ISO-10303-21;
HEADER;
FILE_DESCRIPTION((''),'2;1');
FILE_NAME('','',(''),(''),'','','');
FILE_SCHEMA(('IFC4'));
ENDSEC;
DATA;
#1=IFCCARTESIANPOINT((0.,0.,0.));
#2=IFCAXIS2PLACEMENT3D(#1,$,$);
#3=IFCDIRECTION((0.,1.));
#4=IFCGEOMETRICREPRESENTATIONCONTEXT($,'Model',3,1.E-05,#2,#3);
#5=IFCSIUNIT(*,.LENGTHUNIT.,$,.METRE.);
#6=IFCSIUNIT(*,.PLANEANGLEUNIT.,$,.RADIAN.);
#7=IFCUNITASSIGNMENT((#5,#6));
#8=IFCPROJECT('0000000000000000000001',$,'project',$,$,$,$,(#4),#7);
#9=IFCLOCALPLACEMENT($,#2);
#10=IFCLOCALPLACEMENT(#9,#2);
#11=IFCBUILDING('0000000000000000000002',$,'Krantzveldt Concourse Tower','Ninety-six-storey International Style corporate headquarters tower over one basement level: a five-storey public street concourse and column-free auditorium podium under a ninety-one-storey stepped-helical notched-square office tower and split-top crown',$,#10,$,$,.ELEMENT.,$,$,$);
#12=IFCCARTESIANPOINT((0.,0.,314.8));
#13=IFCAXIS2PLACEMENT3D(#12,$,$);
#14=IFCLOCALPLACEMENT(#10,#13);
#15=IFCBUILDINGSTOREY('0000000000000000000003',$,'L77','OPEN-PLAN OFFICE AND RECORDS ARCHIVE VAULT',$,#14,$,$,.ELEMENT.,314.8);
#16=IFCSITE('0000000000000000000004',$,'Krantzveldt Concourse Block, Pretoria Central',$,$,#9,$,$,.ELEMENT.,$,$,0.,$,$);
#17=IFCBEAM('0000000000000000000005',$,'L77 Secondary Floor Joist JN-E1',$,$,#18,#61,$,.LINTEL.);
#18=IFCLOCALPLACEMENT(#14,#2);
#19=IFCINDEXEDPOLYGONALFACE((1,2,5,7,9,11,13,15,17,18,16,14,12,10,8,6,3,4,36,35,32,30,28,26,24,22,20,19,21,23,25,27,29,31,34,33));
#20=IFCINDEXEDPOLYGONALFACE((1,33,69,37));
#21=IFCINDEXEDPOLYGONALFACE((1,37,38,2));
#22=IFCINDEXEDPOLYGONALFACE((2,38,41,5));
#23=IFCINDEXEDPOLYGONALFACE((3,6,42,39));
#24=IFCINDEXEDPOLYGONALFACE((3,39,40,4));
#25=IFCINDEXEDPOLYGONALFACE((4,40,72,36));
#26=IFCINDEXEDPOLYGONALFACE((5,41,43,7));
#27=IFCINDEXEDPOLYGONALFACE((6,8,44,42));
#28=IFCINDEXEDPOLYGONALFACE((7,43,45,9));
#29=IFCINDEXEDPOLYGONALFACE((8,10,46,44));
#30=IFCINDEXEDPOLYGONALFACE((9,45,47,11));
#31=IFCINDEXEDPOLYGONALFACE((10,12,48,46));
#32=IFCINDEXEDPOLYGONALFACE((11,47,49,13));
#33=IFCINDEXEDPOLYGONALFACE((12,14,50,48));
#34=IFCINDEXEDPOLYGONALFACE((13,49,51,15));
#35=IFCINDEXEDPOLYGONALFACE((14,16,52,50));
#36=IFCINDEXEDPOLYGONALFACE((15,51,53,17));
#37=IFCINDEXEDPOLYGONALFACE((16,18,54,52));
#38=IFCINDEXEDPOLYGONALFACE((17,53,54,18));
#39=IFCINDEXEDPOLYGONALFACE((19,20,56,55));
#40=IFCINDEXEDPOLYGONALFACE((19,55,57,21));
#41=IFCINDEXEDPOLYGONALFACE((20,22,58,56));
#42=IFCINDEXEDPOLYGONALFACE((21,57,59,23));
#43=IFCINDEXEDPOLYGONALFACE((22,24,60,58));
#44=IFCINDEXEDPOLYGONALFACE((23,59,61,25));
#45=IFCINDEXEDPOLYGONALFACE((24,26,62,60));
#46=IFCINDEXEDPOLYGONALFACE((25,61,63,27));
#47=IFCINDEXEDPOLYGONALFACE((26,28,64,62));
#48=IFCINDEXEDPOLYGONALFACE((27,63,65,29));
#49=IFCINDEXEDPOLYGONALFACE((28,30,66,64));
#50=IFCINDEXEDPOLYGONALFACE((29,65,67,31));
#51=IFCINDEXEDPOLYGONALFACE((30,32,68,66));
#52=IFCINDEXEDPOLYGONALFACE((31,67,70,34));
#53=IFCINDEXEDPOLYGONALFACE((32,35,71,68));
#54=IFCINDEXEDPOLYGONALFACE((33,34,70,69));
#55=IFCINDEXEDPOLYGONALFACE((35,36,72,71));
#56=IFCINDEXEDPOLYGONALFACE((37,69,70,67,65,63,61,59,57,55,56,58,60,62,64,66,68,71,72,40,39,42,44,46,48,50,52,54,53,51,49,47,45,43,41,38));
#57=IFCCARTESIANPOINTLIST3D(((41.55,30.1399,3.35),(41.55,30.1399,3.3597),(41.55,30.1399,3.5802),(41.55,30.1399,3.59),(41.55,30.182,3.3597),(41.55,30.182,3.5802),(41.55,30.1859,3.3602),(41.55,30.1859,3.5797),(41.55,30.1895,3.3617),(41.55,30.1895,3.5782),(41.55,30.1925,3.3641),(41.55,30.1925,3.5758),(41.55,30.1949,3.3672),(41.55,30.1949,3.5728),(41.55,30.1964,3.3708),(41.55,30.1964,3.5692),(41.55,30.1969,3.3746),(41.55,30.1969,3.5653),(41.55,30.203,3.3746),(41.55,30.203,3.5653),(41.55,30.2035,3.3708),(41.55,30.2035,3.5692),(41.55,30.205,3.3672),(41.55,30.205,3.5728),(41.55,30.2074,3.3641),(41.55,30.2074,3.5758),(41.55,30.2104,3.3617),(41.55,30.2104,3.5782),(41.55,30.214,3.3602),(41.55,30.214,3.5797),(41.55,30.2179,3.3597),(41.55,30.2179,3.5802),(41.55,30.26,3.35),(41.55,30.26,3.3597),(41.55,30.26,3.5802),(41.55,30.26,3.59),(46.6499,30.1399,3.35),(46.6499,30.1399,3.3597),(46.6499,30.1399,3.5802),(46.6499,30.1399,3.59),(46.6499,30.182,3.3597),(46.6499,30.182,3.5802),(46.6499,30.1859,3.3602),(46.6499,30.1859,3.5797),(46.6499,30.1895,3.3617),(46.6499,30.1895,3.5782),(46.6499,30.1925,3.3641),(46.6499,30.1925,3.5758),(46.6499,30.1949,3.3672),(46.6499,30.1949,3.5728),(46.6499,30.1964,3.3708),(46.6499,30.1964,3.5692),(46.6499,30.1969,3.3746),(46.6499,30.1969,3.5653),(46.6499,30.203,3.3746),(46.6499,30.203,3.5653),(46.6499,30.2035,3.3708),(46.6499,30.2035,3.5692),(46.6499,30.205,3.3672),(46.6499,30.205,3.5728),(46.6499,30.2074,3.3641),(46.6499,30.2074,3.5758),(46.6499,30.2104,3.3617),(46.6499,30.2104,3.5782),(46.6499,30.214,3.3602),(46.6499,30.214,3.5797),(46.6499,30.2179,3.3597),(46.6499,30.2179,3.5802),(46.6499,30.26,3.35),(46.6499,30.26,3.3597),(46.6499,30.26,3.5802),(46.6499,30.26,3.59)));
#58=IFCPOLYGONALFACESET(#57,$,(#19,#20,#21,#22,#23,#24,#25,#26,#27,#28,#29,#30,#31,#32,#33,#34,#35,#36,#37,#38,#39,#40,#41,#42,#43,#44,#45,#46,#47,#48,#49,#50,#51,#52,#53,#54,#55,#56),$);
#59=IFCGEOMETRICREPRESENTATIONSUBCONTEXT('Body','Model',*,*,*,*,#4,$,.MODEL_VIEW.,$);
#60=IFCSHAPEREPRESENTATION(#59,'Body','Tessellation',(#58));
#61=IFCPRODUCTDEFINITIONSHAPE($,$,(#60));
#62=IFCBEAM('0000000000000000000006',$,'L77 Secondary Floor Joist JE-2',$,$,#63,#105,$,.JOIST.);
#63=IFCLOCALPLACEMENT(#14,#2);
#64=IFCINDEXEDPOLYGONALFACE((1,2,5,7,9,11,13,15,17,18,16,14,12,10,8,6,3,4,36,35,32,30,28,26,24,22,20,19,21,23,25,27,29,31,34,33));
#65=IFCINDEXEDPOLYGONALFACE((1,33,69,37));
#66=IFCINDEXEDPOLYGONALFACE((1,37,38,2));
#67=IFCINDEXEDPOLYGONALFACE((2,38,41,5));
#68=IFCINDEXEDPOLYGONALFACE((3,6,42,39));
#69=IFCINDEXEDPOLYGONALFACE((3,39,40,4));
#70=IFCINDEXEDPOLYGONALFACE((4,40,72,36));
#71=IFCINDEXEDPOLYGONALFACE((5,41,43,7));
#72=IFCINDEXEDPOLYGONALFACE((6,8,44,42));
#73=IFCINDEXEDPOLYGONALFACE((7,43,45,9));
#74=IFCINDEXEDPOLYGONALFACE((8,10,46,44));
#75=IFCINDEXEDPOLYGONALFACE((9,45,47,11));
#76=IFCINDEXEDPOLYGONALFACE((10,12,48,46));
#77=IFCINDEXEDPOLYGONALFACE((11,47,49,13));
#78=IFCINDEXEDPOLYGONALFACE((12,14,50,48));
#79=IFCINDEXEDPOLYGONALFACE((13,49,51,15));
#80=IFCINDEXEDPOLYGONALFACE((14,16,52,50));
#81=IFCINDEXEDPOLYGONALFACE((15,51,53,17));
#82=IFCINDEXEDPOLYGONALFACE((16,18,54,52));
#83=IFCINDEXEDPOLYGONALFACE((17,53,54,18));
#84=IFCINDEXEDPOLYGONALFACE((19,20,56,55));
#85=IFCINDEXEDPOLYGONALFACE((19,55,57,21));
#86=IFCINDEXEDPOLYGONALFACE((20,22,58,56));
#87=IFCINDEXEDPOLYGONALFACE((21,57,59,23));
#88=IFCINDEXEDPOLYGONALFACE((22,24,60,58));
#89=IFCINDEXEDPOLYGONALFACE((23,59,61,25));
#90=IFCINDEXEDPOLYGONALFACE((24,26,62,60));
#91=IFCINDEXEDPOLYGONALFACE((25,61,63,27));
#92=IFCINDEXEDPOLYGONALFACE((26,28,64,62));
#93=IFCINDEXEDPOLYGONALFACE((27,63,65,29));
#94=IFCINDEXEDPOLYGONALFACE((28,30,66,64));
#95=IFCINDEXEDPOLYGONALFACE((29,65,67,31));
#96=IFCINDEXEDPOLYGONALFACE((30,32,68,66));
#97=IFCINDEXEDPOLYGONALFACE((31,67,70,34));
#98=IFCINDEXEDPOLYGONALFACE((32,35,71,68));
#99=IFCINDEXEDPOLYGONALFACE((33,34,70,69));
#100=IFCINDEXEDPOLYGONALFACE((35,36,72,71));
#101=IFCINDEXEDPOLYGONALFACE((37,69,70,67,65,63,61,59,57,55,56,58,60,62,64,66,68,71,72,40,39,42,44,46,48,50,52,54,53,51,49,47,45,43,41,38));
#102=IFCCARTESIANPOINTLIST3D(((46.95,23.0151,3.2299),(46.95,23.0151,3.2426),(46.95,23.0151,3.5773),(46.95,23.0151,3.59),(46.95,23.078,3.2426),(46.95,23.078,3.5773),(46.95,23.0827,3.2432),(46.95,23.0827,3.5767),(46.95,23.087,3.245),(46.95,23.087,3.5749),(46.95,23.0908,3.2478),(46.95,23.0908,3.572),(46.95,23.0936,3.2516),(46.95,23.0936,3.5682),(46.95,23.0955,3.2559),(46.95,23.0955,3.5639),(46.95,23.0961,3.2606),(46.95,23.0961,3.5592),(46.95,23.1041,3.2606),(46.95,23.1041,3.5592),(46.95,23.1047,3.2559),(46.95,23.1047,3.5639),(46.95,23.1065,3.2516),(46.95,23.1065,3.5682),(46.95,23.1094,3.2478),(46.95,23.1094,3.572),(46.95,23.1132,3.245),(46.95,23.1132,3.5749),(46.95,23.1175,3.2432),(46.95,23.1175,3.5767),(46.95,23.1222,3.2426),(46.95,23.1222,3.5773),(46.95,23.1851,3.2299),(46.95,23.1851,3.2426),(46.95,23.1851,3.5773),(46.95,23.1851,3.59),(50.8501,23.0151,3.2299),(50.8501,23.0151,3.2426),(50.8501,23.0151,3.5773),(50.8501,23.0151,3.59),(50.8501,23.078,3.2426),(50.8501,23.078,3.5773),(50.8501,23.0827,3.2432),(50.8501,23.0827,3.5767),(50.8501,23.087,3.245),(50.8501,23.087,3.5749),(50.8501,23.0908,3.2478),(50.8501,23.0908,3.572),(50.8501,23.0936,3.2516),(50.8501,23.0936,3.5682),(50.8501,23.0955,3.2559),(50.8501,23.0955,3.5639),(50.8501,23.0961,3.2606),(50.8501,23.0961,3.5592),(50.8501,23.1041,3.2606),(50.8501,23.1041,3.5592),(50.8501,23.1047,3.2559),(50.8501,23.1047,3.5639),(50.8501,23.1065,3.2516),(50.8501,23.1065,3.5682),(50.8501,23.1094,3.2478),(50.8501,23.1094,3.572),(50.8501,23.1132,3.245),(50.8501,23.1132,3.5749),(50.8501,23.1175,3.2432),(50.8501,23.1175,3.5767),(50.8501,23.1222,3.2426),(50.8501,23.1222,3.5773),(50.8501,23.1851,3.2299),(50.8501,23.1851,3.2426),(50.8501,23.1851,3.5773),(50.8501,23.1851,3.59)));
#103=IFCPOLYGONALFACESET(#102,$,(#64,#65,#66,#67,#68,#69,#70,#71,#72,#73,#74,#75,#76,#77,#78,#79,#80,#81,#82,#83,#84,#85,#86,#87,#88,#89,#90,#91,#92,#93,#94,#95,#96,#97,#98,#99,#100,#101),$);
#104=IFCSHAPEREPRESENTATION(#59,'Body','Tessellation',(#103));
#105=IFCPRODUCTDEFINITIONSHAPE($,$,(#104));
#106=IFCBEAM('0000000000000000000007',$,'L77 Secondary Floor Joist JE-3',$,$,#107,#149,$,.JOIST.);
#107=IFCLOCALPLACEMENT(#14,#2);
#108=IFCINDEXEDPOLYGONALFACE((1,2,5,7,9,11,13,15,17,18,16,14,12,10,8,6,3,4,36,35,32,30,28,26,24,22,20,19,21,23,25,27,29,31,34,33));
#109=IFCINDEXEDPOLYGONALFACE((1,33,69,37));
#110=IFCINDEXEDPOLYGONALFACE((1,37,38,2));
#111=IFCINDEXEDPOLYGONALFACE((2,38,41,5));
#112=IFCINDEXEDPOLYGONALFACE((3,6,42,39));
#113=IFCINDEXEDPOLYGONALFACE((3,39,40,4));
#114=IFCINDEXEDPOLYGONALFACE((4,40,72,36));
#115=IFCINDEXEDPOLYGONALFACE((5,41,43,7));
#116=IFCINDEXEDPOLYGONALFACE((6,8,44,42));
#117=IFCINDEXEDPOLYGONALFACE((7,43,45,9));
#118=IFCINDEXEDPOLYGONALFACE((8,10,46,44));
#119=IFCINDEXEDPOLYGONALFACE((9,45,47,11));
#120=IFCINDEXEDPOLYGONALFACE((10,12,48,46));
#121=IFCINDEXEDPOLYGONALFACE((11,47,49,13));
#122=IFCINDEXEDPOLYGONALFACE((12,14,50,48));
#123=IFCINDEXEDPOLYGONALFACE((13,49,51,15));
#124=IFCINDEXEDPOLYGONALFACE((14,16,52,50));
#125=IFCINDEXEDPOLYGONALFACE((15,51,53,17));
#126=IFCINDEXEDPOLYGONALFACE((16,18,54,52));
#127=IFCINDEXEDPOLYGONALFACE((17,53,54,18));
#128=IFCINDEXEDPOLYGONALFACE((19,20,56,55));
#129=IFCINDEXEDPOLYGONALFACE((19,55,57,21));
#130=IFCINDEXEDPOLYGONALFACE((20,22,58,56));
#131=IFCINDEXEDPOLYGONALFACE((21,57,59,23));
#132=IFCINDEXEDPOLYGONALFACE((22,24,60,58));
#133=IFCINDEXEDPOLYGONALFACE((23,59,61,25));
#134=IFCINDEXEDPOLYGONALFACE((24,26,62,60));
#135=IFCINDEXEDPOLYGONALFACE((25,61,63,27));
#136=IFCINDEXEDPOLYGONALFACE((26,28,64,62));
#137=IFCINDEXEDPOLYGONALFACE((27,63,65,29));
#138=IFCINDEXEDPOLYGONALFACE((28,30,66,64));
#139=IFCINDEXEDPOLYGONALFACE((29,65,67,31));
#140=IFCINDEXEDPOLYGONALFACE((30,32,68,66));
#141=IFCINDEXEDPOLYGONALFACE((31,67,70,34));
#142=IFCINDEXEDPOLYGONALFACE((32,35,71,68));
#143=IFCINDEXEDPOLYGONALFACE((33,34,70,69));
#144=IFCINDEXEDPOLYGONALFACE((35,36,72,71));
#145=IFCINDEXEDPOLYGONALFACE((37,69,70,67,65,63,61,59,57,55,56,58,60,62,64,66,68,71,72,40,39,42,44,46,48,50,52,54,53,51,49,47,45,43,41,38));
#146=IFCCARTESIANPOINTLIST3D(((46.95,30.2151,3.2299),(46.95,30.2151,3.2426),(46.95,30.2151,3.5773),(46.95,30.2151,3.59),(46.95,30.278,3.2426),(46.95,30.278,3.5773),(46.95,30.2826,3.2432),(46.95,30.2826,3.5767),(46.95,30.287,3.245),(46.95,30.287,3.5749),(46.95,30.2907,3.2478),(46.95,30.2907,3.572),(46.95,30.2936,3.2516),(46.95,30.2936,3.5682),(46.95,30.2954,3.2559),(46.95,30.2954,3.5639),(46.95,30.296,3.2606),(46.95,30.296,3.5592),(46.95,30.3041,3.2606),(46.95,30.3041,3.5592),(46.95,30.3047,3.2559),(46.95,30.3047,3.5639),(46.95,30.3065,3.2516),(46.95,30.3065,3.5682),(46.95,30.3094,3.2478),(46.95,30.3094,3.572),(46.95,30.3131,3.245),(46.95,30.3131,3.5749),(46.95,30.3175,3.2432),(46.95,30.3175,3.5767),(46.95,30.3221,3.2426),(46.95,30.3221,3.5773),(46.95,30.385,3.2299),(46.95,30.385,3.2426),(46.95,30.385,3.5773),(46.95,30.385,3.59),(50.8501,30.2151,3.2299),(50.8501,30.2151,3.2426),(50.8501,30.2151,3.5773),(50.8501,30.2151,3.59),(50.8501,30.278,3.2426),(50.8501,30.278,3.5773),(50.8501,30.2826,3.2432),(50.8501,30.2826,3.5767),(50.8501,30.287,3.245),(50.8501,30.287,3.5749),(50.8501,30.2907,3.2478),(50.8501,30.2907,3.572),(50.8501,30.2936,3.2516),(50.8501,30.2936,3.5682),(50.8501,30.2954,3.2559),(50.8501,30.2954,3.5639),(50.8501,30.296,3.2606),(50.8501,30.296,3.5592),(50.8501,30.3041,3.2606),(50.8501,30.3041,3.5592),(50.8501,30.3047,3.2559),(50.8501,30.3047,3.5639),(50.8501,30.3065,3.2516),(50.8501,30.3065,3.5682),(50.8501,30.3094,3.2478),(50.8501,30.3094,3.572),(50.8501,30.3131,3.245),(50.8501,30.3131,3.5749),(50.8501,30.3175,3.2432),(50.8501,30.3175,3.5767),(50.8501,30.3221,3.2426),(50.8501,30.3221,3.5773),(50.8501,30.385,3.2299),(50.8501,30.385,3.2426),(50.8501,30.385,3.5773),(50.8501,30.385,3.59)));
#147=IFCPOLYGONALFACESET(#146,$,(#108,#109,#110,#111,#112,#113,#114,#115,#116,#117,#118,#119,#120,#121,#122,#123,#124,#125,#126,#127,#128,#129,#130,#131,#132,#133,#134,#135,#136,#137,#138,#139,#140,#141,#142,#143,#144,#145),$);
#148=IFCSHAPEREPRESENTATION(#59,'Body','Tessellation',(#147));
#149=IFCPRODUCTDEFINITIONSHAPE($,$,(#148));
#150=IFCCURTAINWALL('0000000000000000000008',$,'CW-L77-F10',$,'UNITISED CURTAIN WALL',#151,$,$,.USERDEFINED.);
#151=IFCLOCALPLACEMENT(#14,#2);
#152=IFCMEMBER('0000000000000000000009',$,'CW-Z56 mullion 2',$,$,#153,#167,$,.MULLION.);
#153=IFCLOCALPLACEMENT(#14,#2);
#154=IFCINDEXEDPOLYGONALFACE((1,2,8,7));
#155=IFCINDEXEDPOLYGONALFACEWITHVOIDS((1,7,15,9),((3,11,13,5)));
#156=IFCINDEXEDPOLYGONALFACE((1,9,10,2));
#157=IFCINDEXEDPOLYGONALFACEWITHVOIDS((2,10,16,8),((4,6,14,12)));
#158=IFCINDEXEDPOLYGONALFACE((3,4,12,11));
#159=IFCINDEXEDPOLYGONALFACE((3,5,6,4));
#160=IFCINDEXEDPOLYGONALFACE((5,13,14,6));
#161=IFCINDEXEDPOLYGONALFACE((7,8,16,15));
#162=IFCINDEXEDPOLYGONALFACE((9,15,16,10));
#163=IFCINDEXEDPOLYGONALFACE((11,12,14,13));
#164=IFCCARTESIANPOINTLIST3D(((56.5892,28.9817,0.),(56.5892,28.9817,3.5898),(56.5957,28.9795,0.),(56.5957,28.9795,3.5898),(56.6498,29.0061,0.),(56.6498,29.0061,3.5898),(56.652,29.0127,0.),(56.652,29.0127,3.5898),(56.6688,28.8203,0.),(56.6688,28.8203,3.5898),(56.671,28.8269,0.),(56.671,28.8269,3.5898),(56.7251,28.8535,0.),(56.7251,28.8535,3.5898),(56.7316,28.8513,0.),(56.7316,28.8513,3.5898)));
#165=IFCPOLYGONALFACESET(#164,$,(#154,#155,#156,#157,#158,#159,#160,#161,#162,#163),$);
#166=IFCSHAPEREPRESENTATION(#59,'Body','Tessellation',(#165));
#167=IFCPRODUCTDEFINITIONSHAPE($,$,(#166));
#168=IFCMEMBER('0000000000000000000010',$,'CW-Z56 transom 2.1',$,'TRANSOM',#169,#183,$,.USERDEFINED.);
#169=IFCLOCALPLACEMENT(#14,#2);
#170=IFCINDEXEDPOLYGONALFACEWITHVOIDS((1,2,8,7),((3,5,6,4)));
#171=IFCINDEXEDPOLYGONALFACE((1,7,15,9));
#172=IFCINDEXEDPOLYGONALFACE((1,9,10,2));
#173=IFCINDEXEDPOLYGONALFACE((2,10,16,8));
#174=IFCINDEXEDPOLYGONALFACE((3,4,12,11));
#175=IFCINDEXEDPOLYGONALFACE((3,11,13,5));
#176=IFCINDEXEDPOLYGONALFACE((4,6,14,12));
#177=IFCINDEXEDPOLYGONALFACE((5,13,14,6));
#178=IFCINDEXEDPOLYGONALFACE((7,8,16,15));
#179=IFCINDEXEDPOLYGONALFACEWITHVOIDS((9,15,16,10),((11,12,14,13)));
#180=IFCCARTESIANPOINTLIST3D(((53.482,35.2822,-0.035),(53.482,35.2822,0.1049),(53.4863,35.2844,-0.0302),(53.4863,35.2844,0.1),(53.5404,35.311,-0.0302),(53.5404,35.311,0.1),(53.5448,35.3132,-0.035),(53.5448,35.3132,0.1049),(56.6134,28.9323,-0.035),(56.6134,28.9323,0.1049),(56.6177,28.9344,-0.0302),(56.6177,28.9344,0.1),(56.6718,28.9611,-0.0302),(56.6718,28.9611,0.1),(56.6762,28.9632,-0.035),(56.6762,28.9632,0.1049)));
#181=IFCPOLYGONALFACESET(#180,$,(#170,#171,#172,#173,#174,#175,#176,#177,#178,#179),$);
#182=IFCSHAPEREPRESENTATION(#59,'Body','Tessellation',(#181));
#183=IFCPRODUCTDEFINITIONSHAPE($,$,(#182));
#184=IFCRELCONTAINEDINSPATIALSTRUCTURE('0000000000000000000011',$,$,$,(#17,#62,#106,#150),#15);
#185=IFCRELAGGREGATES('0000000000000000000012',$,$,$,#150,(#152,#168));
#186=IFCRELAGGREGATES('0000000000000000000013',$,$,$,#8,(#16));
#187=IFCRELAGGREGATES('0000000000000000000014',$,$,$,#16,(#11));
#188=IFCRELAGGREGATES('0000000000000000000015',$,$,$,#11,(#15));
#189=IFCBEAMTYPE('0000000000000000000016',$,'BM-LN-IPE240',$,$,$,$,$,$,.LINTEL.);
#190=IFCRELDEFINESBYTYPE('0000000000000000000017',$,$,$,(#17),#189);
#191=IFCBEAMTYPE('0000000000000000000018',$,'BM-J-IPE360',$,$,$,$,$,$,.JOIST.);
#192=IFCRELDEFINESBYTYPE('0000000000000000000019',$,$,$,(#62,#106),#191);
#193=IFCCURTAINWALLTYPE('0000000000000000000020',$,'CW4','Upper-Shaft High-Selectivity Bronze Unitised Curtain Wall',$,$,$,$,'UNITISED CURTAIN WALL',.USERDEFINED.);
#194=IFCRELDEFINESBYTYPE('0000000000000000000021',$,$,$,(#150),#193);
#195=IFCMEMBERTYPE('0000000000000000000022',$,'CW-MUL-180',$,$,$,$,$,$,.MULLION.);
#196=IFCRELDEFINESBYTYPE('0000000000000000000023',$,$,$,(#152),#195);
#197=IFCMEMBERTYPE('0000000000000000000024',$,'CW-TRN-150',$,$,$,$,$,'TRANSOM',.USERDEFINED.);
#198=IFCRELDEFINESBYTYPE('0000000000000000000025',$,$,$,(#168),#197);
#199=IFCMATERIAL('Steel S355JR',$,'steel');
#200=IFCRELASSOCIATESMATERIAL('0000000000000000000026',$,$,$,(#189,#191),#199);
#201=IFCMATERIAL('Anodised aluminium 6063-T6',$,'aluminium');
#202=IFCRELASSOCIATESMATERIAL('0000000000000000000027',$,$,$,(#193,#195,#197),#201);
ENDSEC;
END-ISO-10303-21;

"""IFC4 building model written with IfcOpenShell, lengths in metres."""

from ifc_helpers import new_model, si_unit, direction, frame, origin, origin_2d, place, context, subcontext, project, spatial, hollow_rectangle, i_section, extrude, source, transform, mapped, material, material_profile, profile_set, type_object, type_shapes, element, aggregate, save


model = new_model("IFC4")

# Units and contexts
model_context = context("Model", 3, precision=1e-05, world=origin(), true_north=direction((0.0, 1.0)))
body_context = subcontext(model_context, "Body", "Model", "MODEL_VIEW")
ifc_project = project(units=[si_unit("LENGTHUNIT", "METRE"), si_unit("PLANEANGLEUNIT", "RADIAN")], contexts=[model_context])

# Site, building, storey
site_placement = place(None, origin())
site = spatial("IfcSite", under=ifc_project, at=site_placement, Name="Krantzveldt Concourse Block, Pretoria Central", CompositionType="ELEMENT", RefElevation=0.0)
building_placement = place(site_placement, origin())
building = spatial("IfcBuilding", under=site, at=building_placement, Name="Krantzveldt Concourse Tower", Description="Ninety-six-storey International Style corporate headquarters tower over one basement level: a five-storey public street concourse and column-free auditorium podium under a ninety-one-storey stepped-helical notched-square office tower and split-top crown", CompositionType="ELEMENT")
storey_placement = place(building_placement, frame((0.0, 0.0, 314.8)))
storey = spatial("IfcBuildingStorey", under=building, at=storey_placement, Name="L77", Description="OPEN-PLAN OFFICE AND RECORDS ARCHIVE VAULT", CompositionType="ELEMENT", Elevation=314.8)

# Beams
ifc_material_1 = material(Name="Steel S355JR", Category="steel")
ifc_material_profile_1 = material_profile(ifc_material_1, i_section(OverallWidth=0.1201, OverallDepth=0.24, WebThickness=0.0061, FlangeThickness=0.0098, FilletRadius=0.0149, at=origin_2d()), Name="Steel S355JR", Category="steel")
ifc_profile_set_1 = profile_set([ifc_material_profile_1], Name="Steel S355JR - IPE 240")
beam_type_1 = type_object("IfcBeamType", Name="BM-LN-IPE240", PredefinedType="LINTEL", material=ifc_profile_set_1)
shared_shape_1 = source(origin(), body_context, "Body", "SweptSolid", [
    extrude(i_section(OverallWidth=0.1201, OverallDepth=0.24, WebThickness=0.0061, FlangeThickness=0.0098, FilletRadius=0.0149, at=origin_2d()), origin(), (0.0, 0.0, 1.0), 5.0999),
])
type_shapes(beam_type_1, [shared_shape_1])
beam_1_placement = place(storey_placement, frame((41.55, 30.2, 3.47), z_axis=(1.0, 0.0, 0.0), x_axis=(0.0, 1.0, 0.0)))
element("IfcBeam", 1, at=beam_1_placement, inside=storey, type_object=beam_type_1, Name="L77 Secondary Floor Joist JN-E1", PredefinedType="LINTEL", context=body_context, shape_type="MappedRepresentation", body=[
    mapped(shared_shape_1, transform((0.0, 0.0, 0.0), x_axis=(1.0, 0.0, 0.0), y_axis=(0.0, 1.0, 0.0), z_axis=(0.0, 0.0, 1.0), scale=1.0)),
])
ifc_material_profile_2 = material_profile(ifc_material_1, i_section(OverallWidth=0.1699, OverallDepth=0.3601, WebThickness=0.0081, FlangeThickness=0.0127, FilletRadius=0.0181, at=origin_2d()), Name="Steel S355JR", Category="steel")
ifc_profile_set_2 = profile_set([ifc_material_profile_2], Name="Steel S355JR - IPE 360")
beam_type_2 = type_object("IfcBeamType", Name="BM-J-IPE360", PredefinedType="JOIST", material=ifc_profile_set_2)
shared_shape_2 = source(origin(), body_context, "Body", "SweptSolid", [
    extrude(i_section(OverallWidth=0.1699, OverallDepth=0.3601, WebThickness=0.0081, FlangeThickness=0.0127, FilletRadius=0.0181, at=origin_2d()), origin(), (0.0, 0.0, 1.0), 3.9001),
])
type_shapes(beam_type_2, [shared_shape_2])
for number, where, z_axis, x_axis, name in (
    (2, (46.95, 23.1001, 3.4099), (1.0, 0.0, 0.0), (0.0, 1.0, 0.0), "L77 Secondary Floor Joist JE-2"),
    (3, (46.95, 30.3, 3.4099), (1.0, 0.0, 0.0), (0.0, 1.0, 0.0), "L77 Secondary Floor Joist JE-3"),
):
    element("IfcBeam", number, at=place(storey_placement, frame(where, z_axis=z_axis, x_axis=x_axis)), inside=storey, type_object=beam_type_2, Name=name, PredefinedType="JOIST", context=body_context, shape_type="MappedRepresentation", body=[
        mapped(shared_shape_2, transform((0.0, 0.0, 0.0), x_axis=(1.0, 0.0, 0.0), y_axis=(0.0, 1.0, 0.0), z_axis=(0.0, 0.0, 1.0), scale=1.0)),
    ])

# Curtain wall, members
ifc_material_2 = material(Name="Anodised aluminium 6063-T6", Category="aluminium")
curtain_wall_type = type_object("IfcCurtainWallType", Name="CW4", Description="Upper-Shaft High-Selectivity Bronze Unitised Curtain Wall", ElementType="UNITISED CURTAIN WALL", PredefinedType="USERDEFINED", material=ifc_material_2)
curtain_wall_placement = place(storey_placement, origin())
curtain_wall = element("IfcCurtainWall", 4, at=curtain_wall_placement, inside=storey, type_object=curtain_wall_type, Name="CW-L77-F10", ObjectType="UNITISED CURTAIN WALL", PredefinedType="USERDEFINED")
ifc_material_profile_3 = material_profile(ifc_material_2, hollow_rectangle(XDim=0.0701, YDim=0.1799, WallThickness=0.0049, at=origin_2d()), Name="Anodised aluminium 6063-T6", Category="aluminium")
ifc_profile_set_3 = profile_set([ifc_material_profile_3], Name="Anodised aluminium 6063-T6 - ALU-MULL 180x70x5")
member_type_1 = type_object("IfcMemberType", Name="CW-MUL-180", PredefinedType="MULLION", material=ifc_profile_set_3)
shared_shape_3 = source(origin(), body_context, "Body", "SweptSolid", [
    extrude(hollow_rectangle(XDim=0.0701, YDim=0.1799, WallThickness=0.0049, at=origin_2d()), origin(), (0.0, 0.0, 1.0), 3.5898),
])
type_shapes(member_type_1, [shared_shape_3])
member_1_placement = place(storey_placement, frame((56.6604, 28.9165, 0.0), z_axis=(0.0, 0.0, 1.0), x_axis=(-0.896873, -0.442289, 0.0)))
member_1 = element("IfcMember", 5, at=member_1_placement, type_object=member_type_1, Name="CW-Z56 mullion 2", PredefinedType="MULLION", context=body_context, shape_type="MappedRepresentation", body=[
    mapped(shared_shape_3, transform((0.0, 0.0, 0.0), x_axis=(1.0, 0.0, 0.0), y_axis=(0.0, 1.0, 0.0), z_axis=(0.0, 0.0, 1.0), scale=1.0)),
])
ifc_material_profile_4 = material_profile(ifc_material_2, hollow_rectangle(XDim=0.0701, YDim=0.1399, WallThickness=0.0049, at=origin_2d()), Name="Anodised aluminium 6063-T6", Category="aluminium")
ifc_profile_set_4 = profile_set([ifc_material_profile_4], Name="Anodised aluminium 6063-T6 - ALU-TRAN 140x70x5")
member_type_2 = type_object("IfcMemberType", Name="CW-TRN-150", ElementType="TRANSOM", PredefinedType="USERDEFINED", material=ifc_profile_set_4)
shared_shape_4 = source(origin(), body_context, "Body", "SweptSolid", [
    extrude(hollow_rectangle(XDim=0.0701, YDim=0.1399, WallThickness=0.0049, at=origin_2d()), origin(), (0.0, 0.0, 1.0), 7.0801),
])
type_shapes(member_type_2, [shared_shape_4])
member_2_placement = place(storey_placement, frame((56.6448, 28.9478, 0.0349), z_axis=(-0.442283, 0.896876, 0.0), x_axis=(-0.896876, -0.442283, 0.0)))
member_2 = element("IfcMember", 6, at=member_2_placement, type_object=member_type_2, Name="CW-Z56 transom 2.1", ObjectType="TRANSOM", PredefinedType="USERDEFINED", context=body_context, shape_type="MappedRepresentation", body=[
    mapped(shared_shape_4, transform((0.0, 0.0, 0.0), x_axis=(1.0, 0.0, 0.0), y_axis=(0.0, 1.0, 0.0), z_axis=(0.0, 0.0, 1.0), scale=1.0)),
])
aggregate(curtain_wall, [member_1, member_2])

save(model, "model.ifc")
